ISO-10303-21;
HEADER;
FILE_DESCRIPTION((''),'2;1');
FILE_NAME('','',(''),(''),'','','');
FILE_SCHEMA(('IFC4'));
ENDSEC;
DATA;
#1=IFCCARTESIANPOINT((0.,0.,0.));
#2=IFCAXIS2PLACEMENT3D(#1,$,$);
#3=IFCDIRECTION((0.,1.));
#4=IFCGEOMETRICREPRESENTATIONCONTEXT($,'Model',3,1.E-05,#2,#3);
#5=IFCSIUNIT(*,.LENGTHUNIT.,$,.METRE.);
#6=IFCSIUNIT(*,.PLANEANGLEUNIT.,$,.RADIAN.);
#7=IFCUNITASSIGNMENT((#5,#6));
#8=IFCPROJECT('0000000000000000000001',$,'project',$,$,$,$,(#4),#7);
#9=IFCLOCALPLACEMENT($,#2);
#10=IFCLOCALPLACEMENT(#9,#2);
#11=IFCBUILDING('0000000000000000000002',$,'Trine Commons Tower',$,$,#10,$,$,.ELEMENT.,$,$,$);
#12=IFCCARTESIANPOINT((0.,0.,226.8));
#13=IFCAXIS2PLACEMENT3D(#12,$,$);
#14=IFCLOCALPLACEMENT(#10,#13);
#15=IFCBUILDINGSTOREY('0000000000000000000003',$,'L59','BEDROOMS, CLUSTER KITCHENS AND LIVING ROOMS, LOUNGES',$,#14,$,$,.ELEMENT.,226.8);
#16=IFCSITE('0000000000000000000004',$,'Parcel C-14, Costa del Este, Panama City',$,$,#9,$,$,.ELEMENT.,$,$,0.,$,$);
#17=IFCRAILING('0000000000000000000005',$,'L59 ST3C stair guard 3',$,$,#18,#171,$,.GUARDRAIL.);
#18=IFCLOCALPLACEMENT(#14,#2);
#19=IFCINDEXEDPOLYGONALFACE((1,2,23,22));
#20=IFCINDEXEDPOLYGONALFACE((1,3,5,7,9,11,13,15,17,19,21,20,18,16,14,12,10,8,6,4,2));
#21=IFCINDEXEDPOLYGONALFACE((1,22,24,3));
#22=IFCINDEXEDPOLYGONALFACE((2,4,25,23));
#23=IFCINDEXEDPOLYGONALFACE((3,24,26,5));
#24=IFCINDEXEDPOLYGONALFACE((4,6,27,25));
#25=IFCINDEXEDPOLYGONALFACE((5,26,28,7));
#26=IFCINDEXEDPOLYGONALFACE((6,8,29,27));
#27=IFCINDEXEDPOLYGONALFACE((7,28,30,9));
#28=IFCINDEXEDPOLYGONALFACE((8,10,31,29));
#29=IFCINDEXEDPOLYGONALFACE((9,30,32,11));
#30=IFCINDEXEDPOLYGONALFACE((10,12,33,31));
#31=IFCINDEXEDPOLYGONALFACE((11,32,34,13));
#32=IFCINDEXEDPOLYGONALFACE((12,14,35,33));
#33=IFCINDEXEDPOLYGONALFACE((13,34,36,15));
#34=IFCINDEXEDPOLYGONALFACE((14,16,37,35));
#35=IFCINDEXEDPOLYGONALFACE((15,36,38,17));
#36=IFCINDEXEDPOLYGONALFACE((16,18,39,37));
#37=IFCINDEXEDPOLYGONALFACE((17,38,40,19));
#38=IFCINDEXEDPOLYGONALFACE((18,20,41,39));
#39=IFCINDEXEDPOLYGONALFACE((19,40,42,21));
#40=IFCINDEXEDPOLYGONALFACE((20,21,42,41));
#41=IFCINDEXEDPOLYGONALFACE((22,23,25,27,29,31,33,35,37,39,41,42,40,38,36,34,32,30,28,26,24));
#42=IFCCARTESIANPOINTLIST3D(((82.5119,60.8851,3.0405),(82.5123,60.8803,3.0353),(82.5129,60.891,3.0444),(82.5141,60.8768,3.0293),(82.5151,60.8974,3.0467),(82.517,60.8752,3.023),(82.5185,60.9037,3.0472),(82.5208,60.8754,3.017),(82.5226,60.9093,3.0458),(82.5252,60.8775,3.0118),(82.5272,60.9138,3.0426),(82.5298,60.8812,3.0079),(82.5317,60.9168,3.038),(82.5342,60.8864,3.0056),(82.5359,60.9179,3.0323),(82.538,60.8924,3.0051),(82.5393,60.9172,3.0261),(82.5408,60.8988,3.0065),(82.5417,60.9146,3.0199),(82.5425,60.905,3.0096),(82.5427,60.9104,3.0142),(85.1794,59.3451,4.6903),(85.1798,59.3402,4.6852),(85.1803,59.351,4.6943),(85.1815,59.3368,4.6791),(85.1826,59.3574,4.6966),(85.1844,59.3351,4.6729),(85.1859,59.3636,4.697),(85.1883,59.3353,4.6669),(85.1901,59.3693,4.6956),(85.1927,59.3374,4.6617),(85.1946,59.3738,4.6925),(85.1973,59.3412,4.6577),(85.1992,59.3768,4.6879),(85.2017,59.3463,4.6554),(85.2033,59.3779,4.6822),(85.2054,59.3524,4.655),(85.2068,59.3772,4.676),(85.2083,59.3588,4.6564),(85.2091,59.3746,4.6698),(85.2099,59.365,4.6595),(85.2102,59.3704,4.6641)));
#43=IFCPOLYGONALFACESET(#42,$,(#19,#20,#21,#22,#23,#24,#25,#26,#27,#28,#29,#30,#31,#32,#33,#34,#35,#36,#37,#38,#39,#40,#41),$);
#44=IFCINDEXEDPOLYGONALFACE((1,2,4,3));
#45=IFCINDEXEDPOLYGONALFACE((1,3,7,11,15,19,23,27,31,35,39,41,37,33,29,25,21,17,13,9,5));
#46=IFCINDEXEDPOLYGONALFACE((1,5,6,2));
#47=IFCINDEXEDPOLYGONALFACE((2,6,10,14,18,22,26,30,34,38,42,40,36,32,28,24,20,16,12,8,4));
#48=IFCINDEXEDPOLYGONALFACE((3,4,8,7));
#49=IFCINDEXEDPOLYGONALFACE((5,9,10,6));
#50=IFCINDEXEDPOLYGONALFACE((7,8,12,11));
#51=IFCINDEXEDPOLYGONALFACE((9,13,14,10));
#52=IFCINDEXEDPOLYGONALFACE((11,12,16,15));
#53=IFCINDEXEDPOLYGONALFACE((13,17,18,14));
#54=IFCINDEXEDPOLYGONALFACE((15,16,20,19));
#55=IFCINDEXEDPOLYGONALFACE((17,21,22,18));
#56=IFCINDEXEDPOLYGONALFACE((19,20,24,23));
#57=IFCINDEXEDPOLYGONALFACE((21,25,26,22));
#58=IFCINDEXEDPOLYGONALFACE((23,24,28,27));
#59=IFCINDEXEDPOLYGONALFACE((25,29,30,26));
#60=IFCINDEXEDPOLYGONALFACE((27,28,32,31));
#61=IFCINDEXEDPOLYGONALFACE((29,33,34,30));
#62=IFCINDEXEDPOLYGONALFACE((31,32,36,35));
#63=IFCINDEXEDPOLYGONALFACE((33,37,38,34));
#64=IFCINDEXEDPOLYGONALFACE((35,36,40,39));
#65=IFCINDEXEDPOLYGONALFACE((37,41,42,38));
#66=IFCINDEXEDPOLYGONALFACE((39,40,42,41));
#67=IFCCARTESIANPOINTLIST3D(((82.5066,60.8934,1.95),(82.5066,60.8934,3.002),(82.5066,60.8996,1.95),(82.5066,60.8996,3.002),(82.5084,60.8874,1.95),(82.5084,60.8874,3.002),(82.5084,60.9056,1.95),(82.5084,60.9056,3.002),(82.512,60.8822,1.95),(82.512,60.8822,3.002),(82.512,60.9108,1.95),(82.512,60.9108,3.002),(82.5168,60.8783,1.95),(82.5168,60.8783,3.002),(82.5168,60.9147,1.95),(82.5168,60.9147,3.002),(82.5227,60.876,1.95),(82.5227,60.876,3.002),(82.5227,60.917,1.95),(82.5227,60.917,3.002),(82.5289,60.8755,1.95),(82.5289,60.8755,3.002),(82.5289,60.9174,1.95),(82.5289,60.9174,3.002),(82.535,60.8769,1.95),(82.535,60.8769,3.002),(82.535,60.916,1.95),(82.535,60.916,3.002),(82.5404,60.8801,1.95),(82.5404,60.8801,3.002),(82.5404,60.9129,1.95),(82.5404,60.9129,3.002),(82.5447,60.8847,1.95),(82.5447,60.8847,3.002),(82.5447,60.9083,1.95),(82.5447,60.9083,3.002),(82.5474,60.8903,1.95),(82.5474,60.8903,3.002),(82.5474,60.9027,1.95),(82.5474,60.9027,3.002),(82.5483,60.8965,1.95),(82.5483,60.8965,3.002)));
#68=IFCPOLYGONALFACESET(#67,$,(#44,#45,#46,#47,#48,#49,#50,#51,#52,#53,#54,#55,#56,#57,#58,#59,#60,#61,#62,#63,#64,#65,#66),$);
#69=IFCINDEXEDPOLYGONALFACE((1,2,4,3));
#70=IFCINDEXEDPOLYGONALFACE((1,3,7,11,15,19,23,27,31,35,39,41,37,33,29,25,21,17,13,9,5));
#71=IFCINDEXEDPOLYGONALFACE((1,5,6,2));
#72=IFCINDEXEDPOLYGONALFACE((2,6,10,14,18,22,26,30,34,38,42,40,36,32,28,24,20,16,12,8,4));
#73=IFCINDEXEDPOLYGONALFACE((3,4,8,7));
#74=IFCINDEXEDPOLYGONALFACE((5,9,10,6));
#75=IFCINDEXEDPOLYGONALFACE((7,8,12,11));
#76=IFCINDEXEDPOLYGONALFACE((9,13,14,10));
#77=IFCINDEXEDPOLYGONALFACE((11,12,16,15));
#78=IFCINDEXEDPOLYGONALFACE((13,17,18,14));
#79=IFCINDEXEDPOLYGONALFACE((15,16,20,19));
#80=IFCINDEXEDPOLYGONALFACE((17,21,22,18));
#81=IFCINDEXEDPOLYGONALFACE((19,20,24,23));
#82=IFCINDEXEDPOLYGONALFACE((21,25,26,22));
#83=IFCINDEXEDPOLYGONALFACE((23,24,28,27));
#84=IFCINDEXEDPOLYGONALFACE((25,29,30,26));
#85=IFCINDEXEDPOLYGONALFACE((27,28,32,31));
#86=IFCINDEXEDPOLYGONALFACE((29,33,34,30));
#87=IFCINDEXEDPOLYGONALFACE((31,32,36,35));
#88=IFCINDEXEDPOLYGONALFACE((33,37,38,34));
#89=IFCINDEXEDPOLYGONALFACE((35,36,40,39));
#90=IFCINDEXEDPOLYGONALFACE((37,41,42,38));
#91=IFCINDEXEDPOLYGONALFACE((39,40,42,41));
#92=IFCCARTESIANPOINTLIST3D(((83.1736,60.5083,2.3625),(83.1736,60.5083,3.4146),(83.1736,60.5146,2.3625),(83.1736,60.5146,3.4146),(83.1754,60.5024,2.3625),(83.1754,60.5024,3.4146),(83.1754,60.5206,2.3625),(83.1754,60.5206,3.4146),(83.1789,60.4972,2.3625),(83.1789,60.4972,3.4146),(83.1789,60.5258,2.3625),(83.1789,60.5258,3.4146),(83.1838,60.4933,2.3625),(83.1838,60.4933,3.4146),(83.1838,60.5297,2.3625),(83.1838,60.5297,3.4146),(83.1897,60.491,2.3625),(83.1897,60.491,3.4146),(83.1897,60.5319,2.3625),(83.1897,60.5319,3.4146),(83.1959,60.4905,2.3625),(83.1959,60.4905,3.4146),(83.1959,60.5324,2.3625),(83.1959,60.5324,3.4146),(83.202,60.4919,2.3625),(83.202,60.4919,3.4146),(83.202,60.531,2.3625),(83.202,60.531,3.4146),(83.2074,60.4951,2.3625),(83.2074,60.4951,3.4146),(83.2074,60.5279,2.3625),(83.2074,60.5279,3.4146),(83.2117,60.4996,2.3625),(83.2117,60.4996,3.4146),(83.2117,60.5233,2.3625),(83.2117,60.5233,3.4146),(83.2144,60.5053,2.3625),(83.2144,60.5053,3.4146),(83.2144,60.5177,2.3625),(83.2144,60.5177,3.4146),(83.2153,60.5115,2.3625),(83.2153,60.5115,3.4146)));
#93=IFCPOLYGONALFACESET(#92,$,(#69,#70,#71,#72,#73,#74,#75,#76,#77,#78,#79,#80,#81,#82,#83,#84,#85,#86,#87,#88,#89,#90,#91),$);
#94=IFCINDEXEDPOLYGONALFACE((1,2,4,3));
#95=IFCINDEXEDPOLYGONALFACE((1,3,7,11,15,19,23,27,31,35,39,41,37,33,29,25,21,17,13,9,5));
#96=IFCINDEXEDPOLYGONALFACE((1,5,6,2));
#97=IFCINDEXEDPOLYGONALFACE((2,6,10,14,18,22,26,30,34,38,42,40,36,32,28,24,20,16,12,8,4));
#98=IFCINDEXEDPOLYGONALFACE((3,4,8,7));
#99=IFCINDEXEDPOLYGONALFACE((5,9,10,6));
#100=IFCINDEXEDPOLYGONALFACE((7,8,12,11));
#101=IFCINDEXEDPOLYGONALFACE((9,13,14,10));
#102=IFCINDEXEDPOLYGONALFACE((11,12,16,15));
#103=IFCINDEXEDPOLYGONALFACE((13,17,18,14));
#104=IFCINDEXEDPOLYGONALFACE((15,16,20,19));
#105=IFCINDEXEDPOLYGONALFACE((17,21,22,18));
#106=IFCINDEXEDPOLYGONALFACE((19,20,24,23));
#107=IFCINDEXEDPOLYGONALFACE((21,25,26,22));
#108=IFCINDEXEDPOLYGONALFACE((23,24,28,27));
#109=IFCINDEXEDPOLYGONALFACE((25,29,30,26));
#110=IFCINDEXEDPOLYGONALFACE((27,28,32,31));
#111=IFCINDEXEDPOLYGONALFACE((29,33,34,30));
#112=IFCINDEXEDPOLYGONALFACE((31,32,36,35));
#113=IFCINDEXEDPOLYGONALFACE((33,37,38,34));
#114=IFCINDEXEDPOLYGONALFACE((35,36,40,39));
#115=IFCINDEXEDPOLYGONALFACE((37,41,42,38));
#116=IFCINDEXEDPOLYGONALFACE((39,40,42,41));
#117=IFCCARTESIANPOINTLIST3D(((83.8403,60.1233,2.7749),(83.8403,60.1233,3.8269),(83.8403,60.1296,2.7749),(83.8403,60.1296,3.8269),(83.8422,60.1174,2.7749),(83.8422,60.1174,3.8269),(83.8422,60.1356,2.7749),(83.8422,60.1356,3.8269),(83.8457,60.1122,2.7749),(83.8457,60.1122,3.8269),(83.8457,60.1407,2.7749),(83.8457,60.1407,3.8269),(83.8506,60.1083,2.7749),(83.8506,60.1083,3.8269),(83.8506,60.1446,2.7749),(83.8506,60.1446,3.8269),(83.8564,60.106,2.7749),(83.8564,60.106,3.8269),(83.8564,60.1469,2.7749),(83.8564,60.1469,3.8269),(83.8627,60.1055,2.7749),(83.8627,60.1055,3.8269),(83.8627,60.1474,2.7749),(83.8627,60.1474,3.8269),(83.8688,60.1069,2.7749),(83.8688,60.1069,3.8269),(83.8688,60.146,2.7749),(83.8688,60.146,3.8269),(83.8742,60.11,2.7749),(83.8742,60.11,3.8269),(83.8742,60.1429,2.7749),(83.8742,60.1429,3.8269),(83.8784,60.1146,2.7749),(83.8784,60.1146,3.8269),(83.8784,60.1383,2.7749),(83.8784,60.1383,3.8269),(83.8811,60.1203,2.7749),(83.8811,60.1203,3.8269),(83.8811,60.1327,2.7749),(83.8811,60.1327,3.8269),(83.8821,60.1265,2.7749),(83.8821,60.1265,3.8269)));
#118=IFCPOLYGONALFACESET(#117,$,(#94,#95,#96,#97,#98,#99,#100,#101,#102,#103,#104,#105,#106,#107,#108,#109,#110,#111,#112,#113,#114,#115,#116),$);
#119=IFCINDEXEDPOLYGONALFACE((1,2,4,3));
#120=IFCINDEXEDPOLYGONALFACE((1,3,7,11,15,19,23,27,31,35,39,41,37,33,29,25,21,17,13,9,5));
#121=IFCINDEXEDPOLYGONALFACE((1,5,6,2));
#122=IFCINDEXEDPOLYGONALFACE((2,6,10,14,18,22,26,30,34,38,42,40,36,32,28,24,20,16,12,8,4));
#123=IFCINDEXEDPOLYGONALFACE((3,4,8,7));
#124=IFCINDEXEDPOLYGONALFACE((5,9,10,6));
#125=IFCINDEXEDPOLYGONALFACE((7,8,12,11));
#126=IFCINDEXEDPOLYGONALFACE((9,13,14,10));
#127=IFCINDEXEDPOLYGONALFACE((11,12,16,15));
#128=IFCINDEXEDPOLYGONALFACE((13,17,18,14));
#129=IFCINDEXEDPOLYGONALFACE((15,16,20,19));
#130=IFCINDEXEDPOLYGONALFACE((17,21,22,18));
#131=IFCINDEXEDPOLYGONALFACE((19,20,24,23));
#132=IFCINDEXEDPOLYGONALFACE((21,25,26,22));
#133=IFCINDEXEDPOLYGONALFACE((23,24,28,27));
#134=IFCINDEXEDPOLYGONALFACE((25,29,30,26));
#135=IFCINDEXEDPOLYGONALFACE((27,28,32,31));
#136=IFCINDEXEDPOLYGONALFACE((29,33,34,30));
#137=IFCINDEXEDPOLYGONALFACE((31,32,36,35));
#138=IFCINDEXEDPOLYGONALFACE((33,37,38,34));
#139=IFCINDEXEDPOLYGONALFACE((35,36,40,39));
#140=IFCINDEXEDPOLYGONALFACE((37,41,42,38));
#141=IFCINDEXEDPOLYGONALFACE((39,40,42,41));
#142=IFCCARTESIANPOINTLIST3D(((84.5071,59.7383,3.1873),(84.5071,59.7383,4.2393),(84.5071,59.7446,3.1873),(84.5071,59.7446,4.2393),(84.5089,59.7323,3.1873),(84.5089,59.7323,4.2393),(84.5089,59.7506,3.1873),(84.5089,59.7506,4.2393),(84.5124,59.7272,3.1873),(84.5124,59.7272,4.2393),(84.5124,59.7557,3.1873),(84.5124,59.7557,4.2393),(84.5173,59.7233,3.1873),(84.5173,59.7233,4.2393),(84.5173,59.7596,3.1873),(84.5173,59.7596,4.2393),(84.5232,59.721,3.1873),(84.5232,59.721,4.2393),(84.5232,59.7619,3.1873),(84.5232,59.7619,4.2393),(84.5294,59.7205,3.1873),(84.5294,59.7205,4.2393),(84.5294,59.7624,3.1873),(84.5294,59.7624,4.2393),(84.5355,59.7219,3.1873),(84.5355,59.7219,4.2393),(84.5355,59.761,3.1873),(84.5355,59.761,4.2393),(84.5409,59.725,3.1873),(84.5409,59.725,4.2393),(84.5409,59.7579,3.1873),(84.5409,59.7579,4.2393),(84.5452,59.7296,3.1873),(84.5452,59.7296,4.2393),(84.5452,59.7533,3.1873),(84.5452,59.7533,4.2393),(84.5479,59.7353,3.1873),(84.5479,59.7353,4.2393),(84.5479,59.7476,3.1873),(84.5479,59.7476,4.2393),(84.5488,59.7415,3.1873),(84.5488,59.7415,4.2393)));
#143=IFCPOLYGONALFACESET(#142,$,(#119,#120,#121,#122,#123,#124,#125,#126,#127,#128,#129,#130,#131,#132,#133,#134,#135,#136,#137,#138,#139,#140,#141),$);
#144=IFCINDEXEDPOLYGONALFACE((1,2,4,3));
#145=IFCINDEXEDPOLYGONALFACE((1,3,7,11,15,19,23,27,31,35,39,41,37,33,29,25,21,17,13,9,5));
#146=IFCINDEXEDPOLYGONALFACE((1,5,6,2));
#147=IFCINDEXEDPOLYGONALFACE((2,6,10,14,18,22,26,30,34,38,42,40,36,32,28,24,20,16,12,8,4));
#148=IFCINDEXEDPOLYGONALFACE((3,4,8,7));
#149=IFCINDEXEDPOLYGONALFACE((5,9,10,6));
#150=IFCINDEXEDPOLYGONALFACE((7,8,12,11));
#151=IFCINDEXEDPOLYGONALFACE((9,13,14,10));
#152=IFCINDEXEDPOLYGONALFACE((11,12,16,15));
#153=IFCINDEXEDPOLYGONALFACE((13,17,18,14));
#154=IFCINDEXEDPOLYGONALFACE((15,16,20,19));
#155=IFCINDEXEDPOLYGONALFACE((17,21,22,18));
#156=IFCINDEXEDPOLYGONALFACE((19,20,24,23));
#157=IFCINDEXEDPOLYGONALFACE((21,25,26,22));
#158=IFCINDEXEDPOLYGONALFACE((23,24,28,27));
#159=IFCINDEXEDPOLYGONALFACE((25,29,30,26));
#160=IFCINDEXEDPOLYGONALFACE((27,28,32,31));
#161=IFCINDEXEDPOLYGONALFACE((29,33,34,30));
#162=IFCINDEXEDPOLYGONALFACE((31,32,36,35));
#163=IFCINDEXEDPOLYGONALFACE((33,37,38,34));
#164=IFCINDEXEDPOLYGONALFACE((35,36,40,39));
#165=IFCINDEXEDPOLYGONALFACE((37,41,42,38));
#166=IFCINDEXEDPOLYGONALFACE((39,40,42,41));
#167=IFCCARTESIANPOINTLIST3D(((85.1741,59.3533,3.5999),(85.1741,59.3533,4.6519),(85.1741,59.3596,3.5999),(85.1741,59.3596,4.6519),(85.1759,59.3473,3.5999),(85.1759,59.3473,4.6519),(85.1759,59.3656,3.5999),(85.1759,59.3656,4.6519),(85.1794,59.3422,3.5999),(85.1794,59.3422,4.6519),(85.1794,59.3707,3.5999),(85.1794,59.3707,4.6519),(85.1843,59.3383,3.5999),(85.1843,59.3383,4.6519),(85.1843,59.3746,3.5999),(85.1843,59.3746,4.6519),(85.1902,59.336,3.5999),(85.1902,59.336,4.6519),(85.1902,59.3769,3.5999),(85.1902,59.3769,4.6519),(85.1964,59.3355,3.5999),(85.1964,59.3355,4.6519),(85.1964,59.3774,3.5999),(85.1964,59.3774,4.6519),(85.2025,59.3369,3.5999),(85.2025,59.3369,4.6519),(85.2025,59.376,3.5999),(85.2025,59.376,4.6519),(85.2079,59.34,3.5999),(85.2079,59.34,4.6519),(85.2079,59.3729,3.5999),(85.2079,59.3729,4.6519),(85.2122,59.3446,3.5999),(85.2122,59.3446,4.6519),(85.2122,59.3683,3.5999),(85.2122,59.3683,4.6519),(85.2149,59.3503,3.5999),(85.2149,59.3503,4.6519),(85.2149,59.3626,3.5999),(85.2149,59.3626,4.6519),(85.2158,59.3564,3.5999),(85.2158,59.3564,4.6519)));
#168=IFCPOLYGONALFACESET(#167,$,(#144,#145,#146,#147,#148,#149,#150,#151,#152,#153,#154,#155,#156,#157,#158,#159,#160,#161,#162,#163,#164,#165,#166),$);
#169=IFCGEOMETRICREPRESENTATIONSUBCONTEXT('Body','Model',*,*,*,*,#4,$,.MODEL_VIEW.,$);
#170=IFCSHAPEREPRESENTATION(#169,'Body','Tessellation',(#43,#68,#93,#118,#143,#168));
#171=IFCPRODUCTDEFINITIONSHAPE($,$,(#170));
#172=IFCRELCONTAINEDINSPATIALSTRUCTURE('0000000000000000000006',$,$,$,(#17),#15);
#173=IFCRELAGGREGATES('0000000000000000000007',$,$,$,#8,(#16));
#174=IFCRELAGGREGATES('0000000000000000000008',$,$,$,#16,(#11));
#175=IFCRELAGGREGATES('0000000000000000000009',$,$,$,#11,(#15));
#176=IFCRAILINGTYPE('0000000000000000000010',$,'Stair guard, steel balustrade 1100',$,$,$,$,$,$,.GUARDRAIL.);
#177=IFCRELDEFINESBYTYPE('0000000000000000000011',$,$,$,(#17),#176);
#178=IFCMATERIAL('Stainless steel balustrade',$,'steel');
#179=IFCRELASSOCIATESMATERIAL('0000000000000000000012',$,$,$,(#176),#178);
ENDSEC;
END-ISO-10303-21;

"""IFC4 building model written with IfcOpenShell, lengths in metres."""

from ifc_helpers import new_model, si_unit, direction, frame, origin, origin_2d, place, context, subcontext, project, spatial, circle, extrude, material, type_object, element, save


model = new_model("IFC4")

# Units and contexts
model_context = context("Model", 3, precision=1e-05, world=origin(), true_north=direction((0.0, 1.0)))
body_context = subcontext(model_context, "Body", "Model", "MODEL_VIEW")
ifc_project = project(units=[si_unit("LENGTHUNIT", "METRE"), si_unit("PLANEANGLEUNIT", "RADIAN")], contexts=[model_context])

# Site, building, storey
site_placement = place(None, origin())
site = spatial("IfcSite", under=ifc_project, at=site_placement, Name="Parcel C-14, Costa del Este, Panama City", CompositionType="ELEMENT", RefElevation=0.0)
building_placement = place(site_placement, origin())
building = spatial("IfcBuilding", under=site, at=building_placement, Name="Trine Commons Tower", CompositionType="ELEMENT")
storey_placement = place(building_placement, frame((0.0, 0.0, 226.8)))
storey = spatial("IfcBuildingStorey", under=building, at=storey_placement, Name="L59", Description="BEDROOMS, CLUSTER KITCHENS AND LIVING ROOMS, LOUNGES", CompositionType="ELEMENT", Elevation=226.8)

# Railing
ifc_material_1 = material(Name="Stainless steel balustrade", Category="steel")
railing_type_1 = type_object("IfcRailingType", Name="Stair guard, steel balustrade 1100", PredefinedType="GUARDRAIL", material=ifc_material_1)
railing_1_placement = place(storey_placement, frame((82.5273, 60.8965, 1.95)))
element("IfcRailing", 1, at=railing_1_placement, inside=storey, type_object=railing_type_1, Name="L59 ST3C stair guard 3", PredefinedType="GUARDRAIL", context=body_context, shape_type="SweptSolid", body=[
    extrude(circle(Radius=0.0239, at=origin_2d()), frame((0.0, 0.0, 1.0762), z_axis=(0.763405, -0.440743, 0.472185), x_axis=(0.499992, 0.86603, 0.0)), (0.0, 0.0, 1.0), 3.4941),
    extrude(circle(Radius=0.021, at=origin_2d()), origin(), (0.0, 0.0, 1.0), 1.052),
    extrude(circle(Radius=0.021, at=origin_2d()), frame((0.667, -0.385, 0.4126)), (0.0, 0.0, 1.0), 1.052),
    extrude(circle(Radius=0.021, at=origin_2d()), frame((1.3337, -0.77, 0.825)), (0.0, 0.0, 1.0), 1.052),
    extrude(circle(Radius=0.021, at=origin_2d()), frame((2.0005, -1.155, 1.2373)), (0.0, 0.0, 1.0), 1.052),
    extrude(circle(Radius=0.021, at=origin_2d()), frame((2.6675, -1.54, 1.6499)), (0.0, 0.0, 1.0), 1.052),
])

save(model, "model.ifc")
